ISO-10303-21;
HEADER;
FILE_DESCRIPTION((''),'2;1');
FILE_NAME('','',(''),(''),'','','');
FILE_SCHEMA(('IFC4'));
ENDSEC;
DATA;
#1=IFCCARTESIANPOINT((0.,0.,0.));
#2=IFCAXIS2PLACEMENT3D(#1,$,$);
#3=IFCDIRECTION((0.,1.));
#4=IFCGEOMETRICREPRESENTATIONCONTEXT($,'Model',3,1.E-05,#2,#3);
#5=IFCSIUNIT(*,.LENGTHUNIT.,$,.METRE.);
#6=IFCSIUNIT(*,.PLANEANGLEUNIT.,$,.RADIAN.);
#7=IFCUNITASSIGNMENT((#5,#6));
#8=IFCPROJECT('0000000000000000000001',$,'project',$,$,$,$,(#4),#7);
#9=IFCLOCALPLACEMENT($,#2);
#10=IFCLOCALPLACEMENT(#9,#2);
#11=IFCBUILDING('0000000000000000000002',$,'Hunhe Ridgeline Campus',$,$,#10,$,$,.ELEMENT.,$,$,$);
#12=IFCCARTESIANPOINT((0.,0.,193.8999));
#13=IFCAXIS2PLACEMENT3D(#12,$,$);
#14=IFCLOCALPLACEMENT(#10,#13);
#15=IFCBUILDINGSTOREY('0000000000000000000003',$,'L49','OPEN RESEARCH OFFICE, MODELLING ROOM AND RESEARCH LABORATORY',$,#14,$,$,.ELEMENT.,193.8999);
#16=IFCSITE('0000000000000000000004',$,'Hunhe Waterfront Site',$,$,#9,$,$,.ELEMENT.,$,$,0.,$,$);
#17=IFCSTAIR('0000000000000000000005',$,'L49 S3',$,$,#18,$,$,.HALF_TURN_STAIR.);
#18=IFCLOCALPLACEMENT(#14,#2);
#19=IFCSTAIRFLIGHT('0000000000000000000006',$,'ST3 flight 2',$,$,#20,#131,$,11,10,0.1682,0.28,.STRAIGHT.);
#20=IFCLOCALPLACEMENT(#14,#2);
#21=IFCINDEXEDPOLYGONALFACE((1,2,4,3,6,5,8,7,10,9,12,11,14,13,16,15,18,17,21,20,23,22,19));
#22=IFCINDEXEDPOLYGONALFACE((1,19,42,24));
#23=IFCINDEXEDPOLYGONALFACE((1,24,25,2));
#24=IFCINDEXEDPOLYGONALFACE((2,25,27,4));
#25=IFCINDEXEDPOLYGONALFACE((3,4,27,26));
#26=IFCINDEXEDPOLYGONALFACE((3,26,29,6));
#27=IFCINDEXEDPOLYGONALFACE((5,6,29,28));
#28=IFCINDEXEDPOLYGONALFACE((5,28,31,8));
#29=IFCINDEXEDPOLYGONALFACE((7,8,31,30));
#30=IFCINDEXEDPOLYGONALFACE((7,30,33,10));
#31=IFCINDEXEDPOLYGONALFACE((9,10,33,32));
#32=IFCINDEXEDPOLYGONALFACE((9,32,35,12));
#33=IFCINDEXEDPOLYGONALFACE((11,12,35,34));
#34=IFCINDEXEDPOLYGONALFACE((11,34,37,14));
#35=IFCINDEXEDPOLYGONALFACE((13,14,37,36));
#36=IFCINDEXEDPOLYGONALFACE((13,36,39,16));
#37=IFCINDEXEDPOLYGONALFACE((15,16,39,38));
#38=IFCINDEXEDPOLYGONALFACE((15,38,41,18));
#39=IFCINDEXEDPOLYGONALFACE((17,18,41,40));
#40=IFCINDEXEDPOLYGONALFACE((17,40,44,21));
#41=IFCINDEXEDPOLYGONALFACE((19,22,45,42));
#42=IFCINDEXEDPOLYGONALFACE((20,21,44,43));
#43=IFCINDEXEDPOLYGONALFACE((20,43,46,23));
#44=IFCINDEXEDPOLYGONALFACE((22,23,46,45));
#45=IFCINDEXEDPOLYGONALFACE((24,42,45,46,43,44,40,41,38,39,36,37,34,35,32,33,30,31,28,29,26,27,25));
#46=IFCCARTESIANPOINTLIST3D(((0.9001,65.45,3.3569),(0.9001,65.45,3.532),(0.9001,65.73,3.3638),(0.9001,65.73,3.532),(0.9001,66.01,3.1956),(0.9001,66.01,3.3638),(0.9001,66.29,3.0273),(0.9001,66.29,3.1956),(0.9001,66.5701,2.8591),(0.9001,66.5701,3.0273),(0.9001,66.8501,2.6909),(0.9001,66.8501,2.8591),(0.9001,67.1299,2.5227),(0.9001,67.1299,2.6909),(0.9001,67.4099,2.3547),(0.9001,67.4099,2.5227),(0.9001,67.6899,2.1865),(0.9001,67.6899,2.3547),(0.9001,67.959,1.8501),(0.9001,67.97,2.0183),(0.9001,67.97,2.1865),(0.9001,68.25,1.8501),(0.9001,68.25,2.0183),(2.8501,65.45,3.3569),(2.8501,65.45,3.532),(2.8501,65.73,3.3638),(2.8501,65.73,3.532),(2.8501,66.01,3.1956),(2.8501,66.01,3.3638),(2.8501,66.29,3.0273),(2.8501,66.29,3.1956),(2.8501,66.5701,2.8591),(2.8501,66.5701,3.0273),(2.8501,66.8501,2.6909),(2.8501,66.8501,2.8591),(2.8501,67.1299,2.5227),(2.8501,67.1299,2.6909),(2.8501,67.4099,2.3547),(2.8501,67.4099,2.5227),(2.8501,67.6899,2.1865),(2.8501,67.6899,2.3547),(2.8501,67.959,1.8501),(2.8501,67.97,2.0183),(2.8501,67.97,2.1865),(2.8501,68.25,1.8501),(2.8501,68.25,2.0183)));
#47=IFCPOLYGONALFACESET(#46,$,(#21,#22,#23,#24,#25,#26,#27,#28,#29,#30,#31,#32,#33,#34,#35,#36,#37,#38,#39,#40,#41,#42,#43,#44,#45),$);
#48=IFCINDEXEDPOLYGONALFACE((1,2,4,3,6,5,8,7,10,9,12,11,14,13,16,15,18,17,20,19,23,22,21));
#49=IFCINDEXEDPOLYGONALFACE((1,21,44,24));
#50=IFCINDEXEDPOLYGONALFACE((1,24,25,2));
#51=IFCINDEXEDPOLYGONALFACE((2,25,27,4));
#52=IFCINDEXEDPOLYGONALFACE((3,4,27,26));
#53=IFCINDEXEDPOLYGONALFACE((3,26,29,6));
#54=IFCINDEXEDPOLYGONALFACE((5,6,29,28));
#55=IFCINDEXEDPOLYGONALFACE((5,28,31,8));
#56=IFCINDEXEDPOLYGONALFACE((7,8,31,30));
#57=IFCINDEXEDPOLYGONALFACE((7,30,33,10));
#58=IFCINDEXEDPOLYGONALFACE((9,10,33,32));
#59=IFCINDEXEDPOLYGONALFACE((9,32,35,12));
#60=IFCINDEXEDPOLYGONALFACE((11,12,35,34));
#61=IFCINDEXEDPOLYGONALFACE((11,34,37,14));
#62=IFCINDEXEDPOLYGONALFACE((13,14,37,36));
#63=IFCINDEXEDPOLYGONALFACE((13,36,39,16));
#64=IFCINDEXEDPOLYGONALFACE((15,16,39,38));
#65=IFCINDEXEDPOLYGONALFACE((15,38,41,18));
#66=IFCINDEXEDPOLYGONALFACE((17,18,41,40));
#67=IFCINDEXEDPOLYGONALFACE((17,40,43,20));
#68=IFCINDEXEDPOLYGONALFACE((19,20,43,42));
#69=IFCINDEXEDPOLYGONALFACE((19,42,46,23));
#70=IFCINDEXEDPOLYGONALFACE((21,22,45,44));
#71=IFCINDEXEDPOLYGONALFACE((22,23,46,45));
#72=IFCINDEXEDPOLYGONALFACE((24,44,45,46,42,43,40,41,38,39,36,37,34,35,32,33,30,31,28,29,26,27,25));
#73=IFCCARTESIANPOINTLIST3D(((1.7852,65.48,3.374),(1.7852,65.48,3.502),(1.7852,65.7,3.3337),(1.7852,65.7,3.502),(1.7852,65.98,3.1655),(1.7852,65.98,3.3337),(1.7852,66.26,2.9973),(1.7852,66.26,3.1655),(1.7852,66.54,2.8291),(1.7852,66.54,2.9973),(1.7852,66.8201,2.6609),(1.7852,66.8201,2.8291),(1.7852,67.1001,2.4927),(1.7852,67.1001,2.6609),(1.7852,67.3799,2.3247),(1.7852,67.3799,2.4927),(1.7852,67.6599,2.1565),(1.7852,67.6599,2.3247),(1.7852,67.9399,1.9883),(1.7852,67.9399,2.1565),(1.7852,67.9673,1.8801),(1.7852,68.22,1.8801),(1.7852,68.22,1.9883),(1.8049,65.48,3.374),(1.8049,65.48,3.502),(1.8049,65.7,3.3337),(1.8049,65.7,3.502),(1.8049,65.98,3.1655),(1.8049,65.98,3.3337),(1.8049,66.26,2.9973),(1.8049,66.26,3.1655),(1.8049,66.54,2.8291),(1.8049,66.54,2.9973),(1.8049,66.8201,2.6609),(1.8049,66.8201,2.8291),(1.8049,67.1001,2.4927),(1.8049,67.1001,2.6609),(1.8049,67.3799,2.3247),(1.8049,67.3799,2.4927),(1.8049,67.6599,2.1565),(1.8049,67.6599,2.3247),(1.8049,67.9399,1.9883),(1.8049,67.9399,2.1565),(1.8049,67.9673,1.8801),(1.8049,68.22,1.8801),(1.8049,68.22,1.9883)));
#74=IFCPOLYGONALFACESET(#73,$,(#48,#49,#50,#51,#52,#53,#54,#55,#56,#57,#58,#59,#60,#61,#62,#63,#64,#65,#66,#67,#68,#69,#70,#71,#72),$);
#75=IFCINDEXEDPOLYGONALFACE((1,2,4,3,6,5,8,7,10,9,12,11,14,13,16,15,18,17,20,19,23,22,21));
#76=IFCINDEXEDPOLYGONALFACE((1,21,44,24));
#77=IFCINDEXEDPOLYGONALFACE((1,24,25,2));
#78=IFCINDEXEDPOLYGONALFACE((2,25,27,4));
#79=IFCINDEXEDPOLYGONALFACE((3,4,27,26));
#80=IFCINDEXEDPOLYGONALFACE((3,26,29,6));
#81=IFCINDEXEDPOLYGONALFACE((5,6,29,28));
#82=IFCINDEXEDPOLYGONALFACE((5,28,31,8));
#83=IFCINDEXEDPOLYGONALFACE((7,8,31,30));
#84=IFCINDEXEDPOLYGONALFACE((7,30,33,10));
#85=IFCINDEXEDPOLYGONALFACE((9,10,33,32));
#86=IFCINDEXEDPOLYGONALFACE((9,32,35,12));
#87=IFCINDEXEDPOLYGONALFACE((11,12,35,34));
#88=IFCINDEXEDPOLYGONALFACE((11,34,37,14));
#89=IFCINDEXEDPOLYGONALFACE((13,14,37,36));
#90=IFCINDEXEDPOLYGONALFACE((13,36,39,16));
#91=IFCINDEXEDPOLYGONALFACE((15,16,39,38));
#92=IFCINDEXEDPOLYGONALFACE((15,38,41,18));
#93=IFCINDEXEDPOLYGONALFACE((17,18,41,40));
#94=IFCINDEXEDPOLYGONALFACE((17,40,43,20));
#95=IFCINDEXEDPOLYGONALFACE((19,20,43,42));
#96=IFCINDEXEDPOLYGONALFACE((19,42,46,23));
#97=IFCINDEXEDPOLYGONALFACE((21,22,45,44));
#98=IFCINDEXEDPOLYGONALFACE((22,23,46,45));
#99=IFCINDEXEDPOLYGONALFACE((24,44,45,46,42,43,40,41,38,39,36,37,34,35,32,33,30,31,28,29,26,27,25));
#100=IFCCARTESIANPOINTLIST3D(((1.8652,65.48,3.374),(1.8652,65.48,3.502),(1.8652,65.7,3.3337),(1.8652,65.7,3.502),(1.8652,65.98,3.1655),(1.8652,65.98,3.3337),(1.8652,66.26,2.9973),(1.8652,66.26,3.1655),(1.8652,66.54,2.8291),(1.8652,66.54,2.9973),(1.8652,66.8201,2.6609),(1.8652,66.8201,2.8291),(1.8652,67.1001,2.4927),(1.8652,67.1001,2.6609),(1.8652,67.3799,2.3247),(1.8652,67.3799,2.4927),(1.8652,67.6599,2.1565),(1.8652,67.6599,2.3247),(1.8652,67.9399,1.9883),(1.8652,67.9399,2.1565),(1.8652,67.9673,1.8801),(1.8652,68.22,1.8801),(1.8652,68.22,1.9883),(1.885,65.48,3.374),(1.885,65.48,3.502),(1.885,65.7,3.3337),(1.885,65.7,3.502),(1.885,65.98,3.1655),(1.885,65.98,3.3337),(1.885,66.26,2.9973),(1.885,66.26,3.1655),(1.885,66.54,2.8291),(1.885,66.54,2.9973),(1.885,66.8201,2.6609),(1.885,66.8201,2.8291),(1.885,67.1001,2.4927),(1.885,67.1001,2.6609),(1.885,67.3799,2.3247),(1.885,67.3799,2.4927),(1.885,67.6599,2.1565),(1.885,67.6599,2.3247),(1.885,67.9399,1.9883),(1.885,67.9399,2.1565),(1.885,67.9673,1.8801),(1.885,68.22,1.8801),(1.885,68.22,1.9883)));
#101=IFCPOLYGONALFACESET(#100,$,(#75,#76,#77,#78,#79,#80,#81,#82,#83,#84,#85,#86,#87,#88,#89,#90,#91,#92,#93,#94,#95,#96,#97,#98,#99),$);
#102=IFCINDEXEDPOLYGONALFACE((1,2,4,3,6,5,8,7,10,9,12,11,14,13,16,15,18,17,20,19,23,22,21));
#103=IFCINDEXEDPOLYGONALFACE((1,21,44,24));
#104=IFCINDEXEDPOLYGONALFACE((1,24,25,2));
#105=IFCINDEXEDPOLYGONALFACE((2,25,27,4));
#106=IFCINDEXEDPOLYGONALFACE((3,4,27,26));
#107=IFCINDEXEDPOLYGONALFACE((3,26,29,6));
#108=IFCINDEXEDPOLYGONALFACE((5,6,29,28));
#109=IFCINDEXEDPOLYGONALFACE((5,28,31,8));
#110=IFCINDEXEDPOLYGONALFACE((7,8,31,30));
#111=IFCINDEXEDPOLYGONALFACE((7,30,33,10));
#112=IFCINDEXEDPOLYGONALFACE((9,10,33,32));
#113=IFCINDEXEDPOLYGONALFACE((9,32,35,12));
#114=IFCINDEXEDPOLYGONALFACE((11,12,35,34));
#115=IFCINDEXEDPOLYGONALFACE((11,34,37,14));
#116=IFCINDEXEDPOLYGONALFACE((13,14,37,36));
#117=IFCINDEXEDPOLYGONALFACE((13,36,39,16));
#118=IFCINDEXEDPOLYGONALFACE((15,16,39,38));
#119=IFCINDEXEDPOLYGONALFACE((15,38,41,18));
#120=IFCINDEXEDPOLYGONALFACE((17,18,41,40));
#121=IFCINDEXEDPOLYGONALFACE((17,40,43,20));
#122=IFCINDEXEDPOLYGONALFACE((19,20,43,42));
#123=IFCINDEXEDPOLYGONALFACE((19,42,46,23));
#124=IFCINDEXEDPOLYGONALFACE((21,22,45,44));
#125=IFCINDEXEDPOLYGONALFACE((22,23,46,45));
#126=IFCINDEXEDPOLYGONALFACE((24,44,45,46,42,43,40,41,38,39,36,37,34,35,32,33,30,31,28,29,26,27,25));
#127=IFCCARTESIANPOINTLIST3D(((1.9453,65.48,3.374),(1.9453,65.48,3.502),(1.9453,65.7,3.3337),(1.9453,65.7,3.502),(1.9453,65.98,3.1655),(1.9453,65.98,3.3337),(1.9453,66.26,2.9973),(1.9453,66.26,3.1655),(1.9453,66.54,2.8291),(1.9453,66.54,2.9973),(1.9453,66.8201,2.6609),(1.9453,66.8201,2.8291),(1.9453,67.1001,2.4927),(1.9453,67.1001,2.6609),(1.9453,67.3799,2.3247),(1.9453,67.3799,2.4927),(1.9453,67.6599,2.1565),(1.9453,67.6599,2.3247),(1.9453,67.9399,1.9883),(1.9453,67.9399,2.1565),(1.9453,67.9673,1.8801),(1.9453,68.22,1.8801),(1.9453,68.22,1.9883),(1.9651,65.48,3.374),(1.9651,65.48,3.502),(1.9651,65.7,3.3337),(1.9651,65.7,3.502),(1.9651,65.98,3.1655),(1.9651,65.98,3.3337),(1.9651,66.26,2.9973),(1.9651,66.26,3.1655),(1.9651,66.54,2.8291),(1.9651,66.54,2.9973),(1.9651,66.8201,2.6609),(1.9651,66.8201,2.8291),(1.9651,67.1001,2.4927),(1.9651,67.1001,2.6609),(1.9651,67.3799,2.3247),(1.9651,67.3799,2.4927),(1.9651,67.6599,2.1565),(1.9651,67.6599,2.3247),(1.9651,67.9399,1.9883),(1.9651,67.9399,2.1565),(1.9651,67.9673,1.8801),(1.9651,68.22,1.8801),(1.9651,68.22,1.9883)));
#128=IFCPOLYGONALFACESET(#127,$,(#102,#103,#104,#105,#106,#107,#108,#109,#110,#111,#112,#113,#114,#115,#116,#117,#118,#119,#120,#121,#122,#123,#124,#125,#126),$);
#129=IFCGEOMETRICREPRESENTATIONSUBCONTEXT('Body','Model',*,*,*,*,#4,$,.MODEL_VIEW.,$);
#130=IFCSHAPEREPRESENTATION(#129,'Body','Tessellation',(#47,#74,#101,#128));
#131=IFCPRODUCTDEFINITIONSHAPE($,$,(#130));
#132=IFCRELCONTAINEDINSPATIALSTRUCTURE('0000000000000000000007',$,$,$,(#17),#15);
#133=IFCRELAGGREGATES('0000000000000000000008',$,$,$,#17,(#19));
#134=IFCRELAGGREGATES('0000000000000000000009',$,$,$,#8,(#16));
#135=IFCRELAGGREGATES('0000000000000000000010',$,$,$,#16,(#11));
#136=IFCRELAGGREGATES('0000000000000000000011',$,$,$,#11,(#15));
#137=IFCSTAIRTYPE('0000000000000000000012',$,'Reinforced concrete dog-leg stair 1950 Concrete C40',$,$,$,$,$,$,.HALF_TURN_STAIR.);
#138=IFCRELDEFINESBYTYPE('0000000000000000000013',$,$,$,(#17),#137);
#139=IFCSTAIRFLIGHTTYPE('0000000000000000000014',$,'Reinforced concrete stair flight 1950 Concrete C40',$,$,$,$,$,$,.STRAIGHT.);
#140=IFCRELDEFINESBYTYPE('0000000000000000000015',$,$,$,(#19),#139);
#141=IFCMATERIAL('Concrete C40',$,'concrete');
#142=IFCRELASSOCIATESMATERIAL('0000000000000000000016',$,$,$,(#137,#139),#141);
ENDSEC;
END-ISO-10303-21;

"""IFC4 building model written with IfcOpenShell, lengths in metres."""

from ifc_helpers import new_model, si_unit, direction, frame, origin, place, context, subcontext, project, spatial, polyline, outline, extrude, material, type_object, element, aggregate, save


model = new_model("IFC4")

# Units and contexts
model_context = context("Model", 3, precision=1e-05, world=origin(), true_north=direction((0.0, 1.0)))
body_context = subcontext(model_context, "Body", "Model", "MODEL_VIEW")
ifc_project = project(units=[si_unit("LENGTHUNIT", "METRE"), si_unit("PLANEANGLEUNIT", "RADIAN")], contexts=[model_context])

# Site, building, storey
site_placement = place(None, origin())
site = spatial("IfcSite", under=ifc_project, at=site_placement, Name="Hunhe Waterfront Site", CompositionType="ELEMENT", RefElevation=0.0)
building_placement = place(site_placement, origin())
building = spatial("IfcBuilding", under=site, at=building_placement, Name="Hunhe Ridgeline Campus", CompositionType="ELEMENT")
storey_placement = place(building_placement, frame((0.0, 0.0, 193.8999)))
storey = spatial("IfcBuildingStorey", under=building, at=storey_placement, Name="L49", Description="OPEN RESEARCH OFFICE, MODELLING ROOM AND RESEARCH LABORATORY", CompositionType="ELEMENT", Elevation=193.8999)

# Stair, stair flight
ifc_material_1 = material(Name="Concrete C40", Category="concrete")
stair_type = type_object("IfcStairType", Name="Reinforced concrete dog-leg stair 1950 Concrete C40", PredefinedType="HALF_TURN_STAIR", material=ifc_material_1)
stair_1_placement = place(storey_placement, origin())
stair_1 = element("IfcStair", 1, at=stair_1_placement, inside=storey, type_object=stair_type, Name="L49 S3", PredefinedType="HALF_TURN_STAIR")
stair_flight_type = type_object("IfcStairFlightType", Name="Reinforced concrete stair flight 1950 Concrete C40", PredefinedType="STRAIGHT", material=ifc_material_1)
stair_flight_1_placement = place(storey_placement, frame((1.875, 68.25, 1.8501), z_axis=(0.0, 0.0, 1.0), x_axis=(0.0, -1.0, 0.0)))
stair_flight_1 = element("IfcStairFlight", 2, at=stair_flight_1_placement, type_object=stair_flight_type, Name="ST3 flight 2", NumberOfRisers=11, NumberOfTreads=10, PredefinedType="STRAIGHT", RiserHeight=0.1682, TreadLength=0.28, context=body_context, shape_type="SweptSolid", body=[
    extrude(outline(polyline([(0.0, 0.0), (0.0, 0.1682), (0.28, 0.1682), (0.28, 0.3364), (0.5601, 0.3364), (0.5601, 0.5046), (0.8401, 0.5046), (0.8401, 0.6726), (1.1201, 0.6726), (1.1201, 0.8408), (1.3999, 0.8408), (1.3999, 1.009), (1.6799, 1.009), (1.6799, 1.1772), (1.96, 1.1772), (1.96, 1.3455), (2.24, 1.3455), (2.24, 1.5137), (2.52, 1.5137), (2.52, 1.6819), (2.8, 1.6819), (2.8, 1.8501), (2.8, 1.5068), (0.291, 0.0), (0.0, 0.0)])), frame((0.0, 0.9751, 0.0), z_axis=(0.0, -1.0, 0.0), x_axis=(1.0, 0.0, 0.0)), (0.0, 0.0, 1.0), 1.95),
    extrude(outline(polyline([(0.03, 0.03), (0.03, 0.1382), (0.3101, 0.1382), (0.3101, 0.3064), (0.5901, 0.3064), (0.5901, 0.4746), (0.8701, 0.4746), (0.8701, 0.6426), (1.1499, 0.6426), (1.1499, 0.8108), (1.4299, 0.8108), (1.4299, 0.979), (1.71, 0.979), (1.71, 1.1472), (1.99, 1.1472), (1.99, 1.3154), (2.27, 1.3154), (2.27, 1.4836), (2.55, 1.4836), (2.55, 1.6519), (2.77, 1.6519), (2.77, 1.5239), (0.2827, 0.03), (0.03, 0.03)])), frame((0.0, -0.0701, 0.0), z_axis=(0.0, -1.0, 0.0), x_axis=(1.0, 0.0, 0.0)), (0.0, 0.0, 1.0), 0.0198),
    extrude(outline(polyline([(0.03, 0.03), (0.03, 0.1382), (0.3101, 0.1382), (0.3101, 0.3064), (0.5901, 0.3064), (0.5901, 0.4746), (0.8701, 0.4746), (0.8701, 0.6426), (1.1499, 0.6426), (1.1499, 0.8108), (1.4299, 0.8108), (1.4299, 0.979), (1.71, 0.979), (1.71, 1.1472), (1.99, 1.1472), (1.99, 1.3154), (2.27, 1.3154), (2.27, 1.4836), (2.55, 1.4836), (2.55, 1.6519), (2.77, 1.6519), (2.77, 1.5239), (0.2827, 0.03), (0.03, 0.03)])), frame((0.0, 0.01, 0.0), z_axis=(0.0, -1.0, 0.0), x_axis=(1.0, 0.0, 0.0)), (0.0, 0.0, 1.0), 0.0198),
    extrude(outline(polyline([(0.03, 0.03), (0.03, 0.1382), (0.3101, 0.1382), (0.3101, 0.3064), (0.5901, 0.3064), (0.5901, 0.4746), (0.8701, 0.4746), (0.8701, 0.6426), (1.1499, 0.6426), (1.1499, 0.8108), (1.4299, 0.8108), (1.4299, 0.979), (1.71, 0.979), (1.71, 1.1472), (1.99, 1.1472), (1.99, 1.3154), (2.27, 1.3154), (2.27, 1.4836), (2.55, 1.4836), (2.55, 1.6519), (2.77, 1.6519), (2.77, 1.5239), (0.2827, 0.03), (0.03, 0.03)])), frame((0.0, 0.0901, 0.0), z_axis=(0.0, -1.0, 0.0), x_axis=(1.0, 0.0, 0.0)), (0.0, 0.0, 1.0), 0.0198),
])
aggregate(stair_1, [stair_flight_1])

save(model, "model.ifc")
